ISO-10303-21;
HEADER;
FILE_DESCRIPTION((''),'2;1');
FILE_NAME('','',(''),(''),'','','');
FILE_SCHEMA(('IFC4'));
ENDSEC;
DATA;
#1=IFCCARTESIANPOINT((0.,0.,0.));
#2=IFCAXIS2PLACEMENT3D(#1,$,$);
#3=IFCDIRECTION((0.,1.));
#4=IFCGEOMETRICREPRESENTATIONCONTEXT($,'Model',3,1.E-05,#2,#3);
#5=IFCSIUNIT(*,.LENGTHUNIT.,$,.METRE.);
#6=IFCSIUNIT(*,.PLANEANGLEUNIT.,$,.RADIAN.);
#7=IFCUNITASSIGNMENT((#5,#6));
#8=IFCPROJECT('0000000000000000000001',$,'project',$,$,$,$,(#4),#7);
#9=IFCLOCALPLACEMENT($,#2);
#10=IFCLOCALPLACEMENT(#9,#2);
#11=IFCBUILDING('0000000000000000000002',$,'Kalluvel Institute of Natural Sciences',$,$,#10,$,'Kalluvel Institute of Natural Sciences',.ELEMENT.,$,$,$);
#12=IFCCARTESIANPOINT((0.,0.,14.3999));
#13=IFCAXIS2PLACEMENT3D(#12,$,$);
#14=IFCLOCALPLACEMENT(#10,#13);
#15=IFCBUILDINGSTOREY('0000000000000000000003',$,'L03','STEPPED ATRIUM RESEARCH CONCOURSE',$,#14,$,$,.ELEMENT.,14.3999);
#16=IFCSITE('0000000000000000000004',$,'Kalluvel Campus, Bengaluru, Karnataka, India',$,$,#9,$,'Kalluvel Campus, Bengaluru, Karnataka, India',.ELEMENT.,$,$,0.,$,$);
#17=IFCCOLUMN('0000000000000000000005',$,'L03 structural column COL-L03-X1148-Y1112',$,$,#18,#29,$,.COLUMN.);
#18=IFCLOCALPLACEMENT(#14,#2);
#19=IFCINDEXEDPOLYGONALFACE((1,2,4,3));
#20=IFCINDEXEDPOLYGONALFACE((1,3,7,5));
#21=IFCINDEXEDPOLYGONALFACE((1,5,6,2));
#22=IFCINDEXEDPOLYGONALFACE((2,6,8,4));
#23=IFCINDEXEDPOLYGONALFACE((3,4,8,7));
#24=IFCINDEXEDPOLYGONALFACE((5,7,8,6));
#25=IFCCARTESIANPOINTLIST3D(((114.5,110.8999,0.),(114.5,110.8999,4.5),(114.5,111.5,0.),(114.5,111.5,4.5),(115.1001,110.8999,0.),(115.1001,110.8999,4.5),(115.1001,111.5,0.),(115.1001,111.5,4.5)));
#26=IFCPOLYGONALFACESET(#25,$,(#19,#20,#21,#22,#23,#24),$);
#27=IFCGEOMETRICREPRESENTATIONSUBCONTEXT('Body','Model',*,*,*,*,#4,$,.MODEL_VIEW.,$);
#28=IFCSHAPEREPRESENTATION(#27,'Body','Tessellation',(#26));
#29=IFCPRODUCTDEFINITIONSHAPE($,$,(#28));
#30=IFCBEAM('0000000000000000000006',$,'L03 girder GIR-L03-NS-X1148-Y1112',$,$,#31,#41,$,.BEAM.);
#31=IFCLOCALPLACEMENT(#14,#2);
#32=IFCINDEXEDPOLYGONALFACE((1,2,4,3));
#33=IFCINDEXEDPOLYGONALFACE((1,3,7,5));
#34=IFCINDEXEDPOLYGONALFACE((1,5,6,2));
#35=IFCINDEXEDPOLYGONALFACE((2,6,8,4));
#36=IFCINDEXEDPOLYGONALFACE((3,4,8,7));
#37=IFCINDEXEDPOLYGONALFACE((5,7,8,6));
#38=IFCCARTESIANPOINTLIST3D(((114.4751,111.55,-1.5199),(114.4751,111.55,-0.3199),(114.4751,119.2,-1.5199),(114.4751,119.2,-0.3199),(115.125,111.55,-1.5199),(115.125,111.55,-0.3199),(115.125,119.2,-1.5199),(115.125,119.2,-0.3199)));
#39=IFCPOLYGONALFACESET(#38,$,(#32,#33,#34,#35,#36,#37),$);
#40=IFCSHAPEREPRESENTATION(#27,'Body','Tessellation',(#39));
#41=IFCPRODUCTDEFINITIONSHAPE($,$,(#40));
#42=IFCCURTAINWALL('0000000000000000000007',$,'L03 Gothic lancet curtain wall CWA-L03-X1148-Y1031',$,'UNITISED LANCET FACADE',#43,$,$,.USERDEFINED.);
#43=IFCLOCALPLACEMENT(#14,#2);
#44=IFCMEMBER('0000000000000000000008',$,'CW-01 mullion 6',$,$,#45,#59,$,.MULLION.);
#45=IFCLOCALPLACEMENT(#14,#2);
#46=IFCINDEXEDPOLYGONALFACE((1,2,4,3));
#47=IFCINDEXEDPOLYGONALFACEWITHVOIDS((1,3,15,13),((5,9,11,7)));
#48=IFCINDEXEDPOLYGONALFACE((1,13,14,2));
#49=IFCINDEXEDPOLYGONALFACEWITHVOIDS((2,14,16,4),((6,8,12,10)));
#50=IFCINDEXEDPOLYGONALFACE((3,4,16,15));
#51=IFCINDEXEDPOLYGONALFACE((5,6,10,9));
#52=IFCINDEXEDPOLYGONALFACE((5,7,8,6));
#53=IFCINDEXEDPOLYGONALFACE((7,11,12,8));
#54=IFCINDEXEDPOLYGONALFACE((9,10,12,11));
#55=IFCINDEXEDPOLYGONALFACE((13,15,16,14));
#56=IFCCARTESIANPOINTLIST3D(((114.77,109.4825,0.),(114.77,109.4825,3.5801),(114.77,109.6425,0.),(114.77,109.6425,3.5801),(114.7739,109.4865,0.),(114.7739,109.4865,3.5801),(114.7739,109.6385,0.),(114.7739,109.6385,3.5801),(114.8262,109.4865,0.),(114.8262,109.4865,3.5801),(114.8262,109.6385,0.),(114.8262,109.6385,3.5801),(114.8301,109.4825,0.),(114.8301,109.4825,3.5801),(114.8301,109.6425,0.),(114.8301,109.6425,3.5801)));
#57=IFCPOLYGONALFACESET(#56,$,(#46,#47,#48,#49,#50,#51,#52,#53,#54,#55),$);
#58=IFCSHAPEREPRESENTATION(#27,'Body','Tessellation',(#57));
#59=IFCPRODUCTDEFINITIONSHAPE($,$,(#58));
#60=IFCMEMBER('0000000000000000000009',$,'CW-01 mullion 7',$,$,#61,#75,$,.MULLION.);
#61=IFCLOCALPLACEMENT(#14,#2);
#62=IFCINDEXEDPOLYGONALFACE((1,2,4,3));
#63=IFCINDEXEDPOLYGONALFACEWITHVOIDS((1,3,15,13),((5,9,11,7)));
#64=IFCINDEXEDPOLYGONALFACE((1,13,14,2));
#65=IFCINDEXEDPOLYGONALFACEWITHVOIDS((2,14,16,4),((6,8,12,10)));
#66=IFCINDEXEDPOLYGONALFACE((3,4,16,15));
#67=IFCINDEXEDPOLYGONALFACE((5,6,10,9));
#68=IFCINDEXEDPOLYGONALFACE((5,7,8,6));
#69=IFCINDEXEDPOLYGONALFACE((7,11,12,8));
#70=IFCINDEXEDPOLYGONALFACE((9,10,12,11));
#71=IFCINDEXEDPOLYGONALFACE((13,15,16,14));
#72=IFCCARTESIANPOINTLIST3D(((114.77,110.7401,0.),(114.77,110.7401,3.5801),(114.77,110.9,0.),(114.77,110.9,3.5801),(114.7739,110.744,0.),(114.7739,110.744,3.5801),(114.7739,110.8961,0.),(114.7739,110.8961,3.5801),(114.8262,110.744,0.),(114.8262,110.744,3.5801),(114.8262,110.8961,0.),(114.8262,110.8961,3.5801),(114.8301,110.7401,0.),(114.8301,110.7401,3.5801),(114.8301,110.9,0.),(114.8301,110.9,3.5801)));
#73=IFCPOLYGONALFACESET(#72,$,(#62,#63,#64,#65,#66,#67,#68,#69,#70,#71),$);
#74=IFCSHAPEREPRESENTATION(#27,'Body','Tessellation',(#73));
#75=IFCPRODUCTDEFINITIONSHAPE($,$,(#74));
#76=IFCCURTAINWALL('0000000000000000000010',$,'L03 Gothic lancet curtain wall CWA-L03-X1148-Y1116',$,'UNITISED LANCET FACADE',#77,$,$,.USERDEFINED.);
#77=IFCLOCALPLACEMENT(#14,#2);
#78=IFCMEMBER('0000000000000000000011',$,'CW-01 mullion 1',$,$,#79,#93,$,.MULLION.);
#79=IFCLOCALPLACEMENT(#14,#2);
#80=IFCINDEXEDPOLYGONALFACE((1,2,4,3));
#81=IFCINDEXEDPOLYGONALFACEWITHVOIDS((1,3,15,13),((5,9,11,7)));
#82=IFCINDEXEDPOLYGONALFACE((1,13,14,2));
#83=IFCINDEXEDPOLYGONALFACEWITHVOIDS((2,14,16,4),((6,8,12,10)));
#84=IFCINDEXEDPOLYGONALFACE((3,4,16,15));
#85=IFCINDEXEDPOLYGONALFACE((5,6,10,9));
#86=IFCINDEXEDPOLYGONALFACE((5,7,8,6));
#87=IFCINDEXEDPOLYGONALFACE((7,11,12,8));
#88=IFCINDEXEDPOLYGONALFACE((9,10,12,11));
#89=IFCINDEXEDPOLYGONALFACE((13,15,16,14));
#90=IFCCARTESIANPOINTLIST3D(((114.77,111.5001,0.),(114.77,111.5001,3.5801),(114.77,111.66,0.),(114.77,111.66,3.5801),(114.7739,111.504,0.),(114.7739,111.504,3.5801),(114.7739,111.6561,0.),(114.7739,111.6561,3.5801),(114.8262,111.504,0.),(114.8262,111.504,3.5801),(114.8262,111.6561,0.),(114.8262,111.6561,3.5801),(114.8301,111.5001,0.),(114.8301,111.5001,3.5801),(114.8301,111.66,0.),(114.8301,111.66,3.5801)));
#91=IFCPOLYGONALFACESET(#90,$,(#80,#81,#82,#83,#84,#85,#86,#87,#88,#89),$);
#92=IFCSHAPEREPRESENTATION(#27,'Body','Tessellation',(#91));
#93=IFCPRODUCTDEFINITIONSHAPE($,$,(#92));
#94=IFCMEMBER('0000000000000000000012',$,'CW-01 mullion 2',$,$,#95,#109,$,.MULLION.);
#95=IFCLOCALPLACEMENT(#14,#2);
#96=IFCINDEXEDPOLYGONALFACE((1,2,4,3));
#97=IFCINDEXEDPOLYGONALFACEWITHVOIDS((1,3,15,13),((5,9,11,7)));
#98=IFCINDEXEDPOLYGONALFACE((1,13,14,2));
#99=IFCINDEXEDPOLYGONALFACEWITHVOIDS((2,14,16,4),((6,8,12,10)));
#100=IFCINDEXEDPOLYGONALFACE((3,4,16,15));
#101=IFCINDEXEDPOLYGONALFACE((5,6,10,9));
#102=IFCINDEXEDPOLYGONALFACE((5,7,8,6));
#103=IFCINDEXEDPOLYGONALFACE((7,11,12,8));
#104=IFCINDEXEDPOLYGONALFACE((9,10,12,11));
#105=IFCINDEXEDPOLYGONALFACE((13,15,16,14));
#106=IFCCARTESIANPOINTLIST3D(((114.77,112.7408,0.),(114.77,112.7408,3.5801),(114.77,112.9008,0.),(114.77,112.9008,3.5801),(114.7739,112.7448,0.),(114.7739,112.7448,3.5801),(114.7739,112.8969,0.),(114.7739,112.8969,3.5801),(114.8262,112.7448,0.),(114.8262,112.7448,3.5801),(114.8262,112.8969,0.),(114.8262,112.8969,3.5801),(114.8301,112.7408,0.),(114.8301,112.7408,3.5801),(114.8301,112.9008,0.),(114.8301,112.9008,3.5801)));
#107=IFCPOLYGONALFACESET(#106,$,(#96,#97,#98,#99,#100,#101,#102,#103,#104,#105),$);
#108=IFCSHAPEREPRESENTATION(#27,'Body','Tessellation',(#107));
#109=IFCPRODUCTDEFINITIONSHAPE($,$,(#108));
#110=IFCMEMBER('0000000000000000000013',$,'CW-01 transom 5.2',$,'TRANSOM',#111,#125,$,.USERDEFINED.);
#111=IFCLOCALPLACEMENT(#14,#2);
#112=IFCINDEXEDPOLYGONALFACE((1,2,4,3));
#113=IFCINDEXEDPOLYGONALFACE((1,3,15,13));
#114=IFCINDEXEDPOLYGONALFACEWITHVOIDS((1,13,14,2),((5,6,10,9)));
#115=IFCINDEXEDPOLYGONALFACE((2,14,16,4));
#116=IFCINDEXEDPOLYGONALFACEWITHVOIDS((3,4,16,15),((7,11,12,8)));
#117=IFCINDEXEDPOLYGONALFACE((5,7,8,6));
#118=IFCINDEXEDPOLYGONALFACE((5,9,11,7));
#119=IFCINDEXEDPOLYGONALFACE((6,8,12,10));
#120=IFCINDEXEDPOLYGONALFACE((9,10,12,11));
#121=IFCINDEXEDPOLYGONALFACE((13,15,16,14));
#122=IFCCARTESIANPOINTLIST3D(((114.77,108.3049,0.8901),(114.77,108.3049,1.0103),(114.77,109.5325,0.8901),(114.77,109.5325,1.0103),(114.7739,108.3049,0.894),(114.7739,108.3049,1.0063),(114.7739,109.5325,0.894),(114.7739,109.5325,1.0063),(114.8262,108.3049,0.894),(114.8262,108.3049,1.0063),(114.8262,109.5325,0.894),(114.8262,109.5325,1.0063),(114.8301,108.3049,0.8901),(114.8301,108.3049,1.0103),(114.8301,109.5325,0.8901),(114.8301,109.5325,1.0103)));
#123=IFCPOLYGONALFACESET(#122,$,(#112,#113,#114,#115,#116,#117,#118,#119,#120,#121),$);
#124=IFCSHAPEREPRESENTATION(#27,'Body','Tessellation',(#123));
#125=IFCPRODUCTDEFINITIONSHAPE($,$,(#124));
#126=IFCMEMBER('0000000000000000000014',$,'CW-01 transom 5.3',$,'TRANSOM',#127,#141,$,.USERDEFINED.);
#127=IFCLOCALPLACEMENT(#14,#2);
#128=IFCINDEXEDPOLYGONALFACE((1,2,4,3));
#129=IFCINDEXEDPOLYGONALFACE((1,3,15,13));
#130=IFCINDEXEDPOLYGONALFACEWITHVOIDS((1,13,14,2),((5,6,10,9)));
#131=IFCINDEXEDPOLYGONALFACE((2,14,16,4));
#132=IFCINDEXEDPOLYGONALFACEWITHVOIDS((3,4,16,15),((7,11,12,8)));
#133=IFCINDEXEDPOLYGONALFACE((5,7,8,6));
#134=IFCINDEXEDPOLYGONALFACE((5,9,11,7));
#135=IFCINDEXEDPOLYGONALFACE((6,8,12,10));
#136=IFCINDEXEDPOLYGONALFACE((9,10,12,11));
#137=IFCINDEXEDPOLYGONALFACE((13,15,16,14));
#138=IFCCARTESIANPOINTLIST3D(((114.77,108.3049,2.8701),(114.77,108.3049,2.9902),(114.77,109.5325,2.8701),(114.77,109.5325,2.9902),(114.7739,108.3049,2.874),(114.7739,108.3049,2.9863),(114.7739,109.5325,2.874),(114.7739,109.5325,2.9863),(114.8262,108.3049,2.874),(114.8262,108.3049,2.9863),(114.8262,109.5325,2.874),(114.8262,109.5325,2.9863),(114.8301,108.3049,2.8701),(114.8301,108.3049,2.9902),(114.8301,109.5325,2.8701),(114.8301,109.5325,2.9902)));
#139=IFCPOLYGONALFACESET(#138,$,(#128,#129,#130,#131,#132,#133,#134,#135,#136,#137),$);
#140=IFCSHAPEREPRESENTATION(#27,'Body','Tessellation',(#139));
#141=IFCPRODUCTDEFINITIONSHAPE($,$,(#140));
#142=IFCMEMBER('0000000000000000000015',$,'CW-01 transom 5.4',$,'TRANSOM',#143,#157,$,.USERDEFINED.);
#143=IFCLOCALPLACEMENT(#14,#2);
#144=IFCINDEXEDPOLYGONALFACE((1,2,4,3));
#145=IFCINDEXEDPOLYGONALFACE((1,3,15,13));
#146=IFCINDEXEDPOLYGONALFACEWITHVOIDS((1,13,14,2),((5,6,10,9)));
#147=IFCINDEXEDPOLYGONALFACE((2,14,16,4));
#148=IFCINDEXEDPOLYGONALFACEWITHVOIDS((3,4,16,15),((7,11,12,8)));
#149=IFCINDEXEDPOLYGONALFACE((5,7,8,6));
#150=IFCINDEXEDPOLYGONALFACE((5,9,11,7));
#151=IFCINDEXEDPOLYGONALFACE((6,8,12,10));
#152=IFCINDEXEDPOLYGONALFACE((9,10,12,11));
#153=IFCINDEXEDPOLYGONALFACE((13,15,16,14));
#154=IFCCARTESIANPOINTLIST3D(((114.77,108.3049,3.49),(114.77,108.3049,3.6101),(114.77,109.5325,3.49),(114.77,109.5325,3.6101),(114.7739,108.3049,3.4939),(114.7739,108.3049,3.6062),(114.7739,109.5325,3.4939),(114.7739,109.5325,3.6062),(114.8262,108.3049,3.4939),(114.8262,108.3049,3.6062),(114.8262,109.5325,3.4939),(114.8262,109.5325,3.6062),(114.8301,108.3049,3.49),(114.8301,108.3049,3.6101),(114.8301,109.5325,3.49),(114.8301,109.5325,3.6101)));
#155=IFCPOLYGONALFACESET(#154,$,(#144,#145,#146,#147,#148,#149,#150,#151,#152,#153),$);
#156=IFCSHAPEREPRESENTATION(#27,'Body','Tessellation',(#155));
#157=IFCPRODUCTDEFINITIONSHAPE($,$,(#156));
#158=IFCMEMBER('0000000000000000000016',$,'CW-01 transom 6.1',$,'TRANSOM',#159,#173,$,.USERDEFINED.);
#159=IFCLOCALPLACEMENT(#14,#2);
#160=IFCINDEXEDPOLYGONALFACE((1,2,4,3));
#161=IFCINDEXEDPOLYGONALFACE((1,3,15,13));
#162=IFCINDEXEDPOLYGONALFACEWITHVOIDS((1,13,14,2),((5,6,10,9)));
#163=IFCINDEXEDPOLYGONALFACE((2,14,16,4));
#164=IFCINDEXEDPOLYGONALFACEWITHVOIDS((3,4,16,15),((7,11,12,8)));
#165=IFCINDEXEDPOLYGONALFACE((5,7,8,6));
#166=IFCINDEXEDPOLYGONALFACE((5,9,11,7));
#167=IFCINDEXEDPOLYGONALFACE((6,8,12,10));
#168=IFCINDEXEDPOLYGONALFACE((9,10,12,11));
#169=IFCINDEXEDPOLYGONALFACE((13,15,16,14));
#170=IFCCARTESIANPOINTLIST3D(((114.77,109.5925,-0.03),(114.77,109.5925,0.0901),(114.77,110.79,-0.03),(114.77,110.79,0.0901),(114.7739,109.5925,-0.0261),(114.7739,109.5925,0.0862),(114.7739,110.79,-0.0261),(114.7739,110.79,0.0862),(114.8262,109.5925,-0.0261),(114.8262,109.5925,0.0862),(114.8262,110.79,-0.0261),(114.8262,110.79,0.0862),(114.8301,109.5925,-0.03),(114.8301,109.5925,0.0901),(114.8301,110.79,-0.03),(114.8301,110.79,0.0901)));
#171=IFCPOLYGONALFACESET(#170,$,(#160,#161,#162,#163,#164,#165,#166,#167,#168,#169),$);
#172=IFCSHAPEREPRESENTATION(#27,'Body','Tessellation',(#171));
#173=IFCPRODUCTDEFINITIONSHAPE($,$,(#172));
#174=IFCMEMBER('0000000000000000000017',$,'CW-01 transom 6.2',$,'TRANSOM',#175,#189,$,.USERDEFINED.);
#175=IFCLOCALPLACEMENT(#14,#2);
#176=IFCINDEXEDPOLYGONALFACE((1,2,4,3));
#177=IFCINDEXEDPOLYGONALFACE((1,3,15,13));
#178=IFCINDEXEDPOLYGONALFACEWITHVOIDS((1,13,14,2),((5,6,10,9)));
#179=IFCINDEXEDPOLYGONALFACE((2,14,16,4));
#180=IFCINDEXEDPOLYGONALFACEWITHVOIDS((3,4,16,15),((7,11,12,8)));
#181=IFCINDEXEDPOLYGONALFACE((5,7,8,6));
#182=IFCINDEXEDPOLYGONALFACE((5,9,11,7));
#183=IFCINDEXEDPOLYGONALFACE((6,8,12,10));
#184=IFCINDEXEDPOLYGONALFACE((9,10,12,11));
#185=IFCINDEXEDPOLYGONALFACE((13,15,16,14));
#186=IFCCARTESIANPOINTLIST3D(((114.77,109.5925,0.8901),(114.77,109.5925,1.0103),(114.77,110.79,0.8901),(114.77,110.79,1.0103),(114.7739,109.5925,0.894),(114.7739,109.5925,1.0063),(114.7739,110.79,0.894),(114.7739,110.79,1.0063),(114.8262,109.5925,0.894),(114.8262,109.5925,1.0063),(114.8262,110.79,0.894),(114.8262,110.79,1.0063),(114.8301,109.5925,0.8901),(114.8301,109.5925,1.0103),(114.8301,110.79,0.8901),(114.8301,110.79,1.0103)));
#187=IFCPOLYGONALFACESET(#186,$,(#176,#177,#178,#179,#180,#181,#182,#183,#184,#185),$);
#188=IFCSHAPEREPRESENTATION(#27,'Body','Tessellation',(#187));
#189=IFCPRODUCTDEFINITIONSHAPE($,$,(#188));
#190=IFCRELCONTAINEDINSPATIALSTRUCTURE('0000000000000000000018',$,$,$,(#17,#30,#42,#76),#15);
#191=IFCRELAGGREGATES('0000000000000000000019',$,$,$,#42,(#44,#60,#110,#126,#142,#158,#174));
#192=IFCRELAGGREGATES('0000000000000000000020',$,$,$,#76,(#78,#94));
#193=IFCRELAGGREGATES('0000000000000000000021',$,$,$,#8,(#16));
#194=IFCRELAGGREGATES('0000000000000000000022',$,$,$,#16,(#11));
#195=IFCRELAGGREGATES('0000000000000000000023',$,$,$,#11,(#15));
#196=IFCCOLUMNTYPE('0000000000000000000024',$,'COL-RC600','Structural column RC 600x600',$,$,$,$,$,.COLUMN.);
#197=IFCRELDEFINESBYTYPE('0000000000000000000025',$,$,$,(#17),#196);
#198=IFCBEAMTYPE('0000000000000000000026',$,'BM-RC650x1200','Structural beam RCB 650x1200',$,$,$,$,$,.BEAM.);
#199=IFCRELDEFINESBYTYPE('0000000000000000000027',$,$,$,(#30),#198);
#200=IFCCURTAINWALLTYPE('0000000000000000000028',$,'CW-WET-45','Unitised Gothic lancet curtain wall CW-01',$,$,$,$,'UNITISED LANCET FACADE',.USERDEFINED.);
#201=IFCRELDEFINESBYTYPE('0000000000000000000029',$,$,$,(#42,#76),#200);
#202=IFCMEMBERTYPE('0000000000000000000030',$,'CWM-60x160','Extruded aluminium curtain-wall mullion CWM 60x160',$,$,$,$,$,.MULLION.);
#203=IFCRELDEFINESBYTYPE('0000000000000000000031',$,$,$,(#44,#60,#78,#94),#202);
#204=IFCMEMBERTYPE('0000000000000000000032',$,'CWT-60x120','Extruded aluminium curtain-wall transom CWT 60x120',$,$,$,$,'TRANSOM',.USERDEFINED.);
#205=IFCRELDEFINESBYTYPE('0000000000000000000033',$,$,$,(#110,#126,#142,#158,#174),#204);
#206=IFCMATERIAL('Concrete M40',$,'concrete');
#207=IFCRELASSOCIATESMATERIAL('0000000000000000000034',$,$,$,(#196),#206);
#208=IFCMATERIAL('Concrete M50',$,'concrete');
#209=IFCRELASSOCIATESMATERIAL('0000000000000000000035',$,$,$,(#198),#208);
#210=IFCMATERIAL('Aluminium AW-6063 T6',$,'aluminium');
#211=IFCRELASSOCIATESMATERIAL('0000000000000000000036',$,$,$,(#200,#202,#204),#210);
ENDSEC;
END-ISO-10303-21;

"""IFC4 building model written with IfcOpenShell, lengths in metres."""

from ifc_helpers import new_model, si_unit, direction, frame, origin, origin_2d, place, context, subcontext, project, spatial, rectangle, hollow_rectangle, extrude, material, material_profile, profile_set, type_object, element, aggregate, save


model = new_model("IFC4")

# Units and contexts
model_context = context("Model", 3, precision=1e-05, world=origin(), true_north=direction((0.0, 1.0)))
body_context = subcontext(model_context, "Body", "Model", "MODEL_VIEW")
ifc_project = project(units=[si_unit("LENGTHUNIT", "METRE"), si_unit("PLANEANGLEUNIT", "RADIAN")], contexts=[model_context])

# Site, building, storey
site_placement = place(None, origin())
site = spatial("IfcSite", under=ifc_project, at=site_placement, Name="Kalluvel Campus, Bengaluru, Karnataka, India", LongName="Kalluvel Campus, Bengaluru, Karnataka, India", CompositionType="ELEMENT", RefElevation=0.0)
building_placement = place(site_placement, origin())
building = spatial("IfcBuilding", under=site, at=building_placement, Name="Kalluvel Institute of Natural Sciences", LongName="Kalluvel Institute of Natural Sciences", CompositionType="ELEMENT")
storey_placement = place(building_placement, frame((0.0, 0.0, 14.3999)))
storey = spatial("IfcBuildingStorey", under=building, at=storey_placement, Name="L03", Description="STEPPED ATRIUM RESEARCH CONCOURSE", CompositionType="ELEMENT", Elevation=14.3999)

# Column
ifc_material_1 = material(Name="Concrete M40", Category="concrete")
ifc_material_profile_1 = material_profile(ifc_material_1, rectangle(XDim=0.6001, YDim=0.6001, at=origin_2d()), Name="RC 600x600")
ifc_profile_set_1 = profile_set([ifc_material_profile_1], Name="Concrete M40")
column_type = type_object("IfcColumnType", Name="COL-RC600", Description="Structural column RC 600x600", PredefinedType="COLUMN", material=ifc_profile_set_1)
column_placement = place(storey_placement, frame((114.8, 111.2, 0.0), z_axis=(0.0, 0.0, 1.0), x_axis=(1.0, 0.0, 0.0)))
element("IfcColumn", 1, at=column_placement, inside=storey, type_object=column_type, Name="L03 structural column COL-L03-X1148-Y1112", PredefinedType="COLUMN", context=body_context, shape_type="SweptSolid", body=[
    extrude(rectangle(XDim=0.6001, YDim=0.6001, at=origin_2d()), origin(), (0.0, 0.0, 1.0), 4.5),
])

# Beam
ifc_material_2 = material(Name="Concrete M50", Category="concrete")
ifc_material_profile_2 = material_profile(ifc_material_2, rectangle(XDim=0.6499, YDim=1.2, at=origin_2d()), Name="RCB 650x1200")
ifc_profile_set_2 = profile_set([ifc_material_profile_2], Name="Concrete M50")
beam_type = type_object("IfcBeamType", Name="BM-RC650x1200", Description="Structural beam RCB 650x1200", PredefinedType="BEAM", material=ifc_profile_set_2)
beam_placement = place(storey_placement, frame((114.8, 111.55, -0.9199), z_axis=(0.0, 1.0, 0.0), x_axis=(-1.0, 0.0, 0.0)))
element("IfcBeam", 2, at=beam_placement, inside=storey, type_object=beam_type, Name="L03 girder GIR-L03-NS-X1148-Y1112", PredefinedType="BEAM", context=body_context, shape_type="SweptSolid", body=[
    extrude(rectangle(XDim=0.6499, YDim=1.2, at=origin_2d()), origin(), (0.0, 0.0, 1.0), 7.6499),
])

# Curtain walls, members
ifc_material_3 = material(Name="Aluminium AW-6063 T6", Category="aluminium")
curtain_wall_type = type_object("IfcCurtainWallType", Name="CW-WET-45", Description="Unitised Gothic lancet curtain wall CW-01", ElementType="UNITISED LANCET FACADE", PredefinedType="USERDEFINED", material=ifc_material_3)
curtain_wall_1_placement = place(storey_placement, origin())
curtain_wall_1 = element("IfcCurtainWall", 3, at=curtain_wall_1_placement, inside=storey, type_object=curtain_wall_type, Name="L03 Gothic lancet curtain wall CWA-L03-X1148-Y1031", ObjectType="UNITISED LANCET FACADE", PredefinedType="USERDEFINED")
ifc_material_profile_3 = material_profile(ifc_material_3, hollow_rectangle(XDim=0.0601, YDim=0.1599, WallThickness=0.0039, at=origin_2d()), Name="CWM 60x160")
ifc_profile_set_3 = profile_set([ifc_material_profile_3], Name="Aluminium AW-6063 T6")
member_type_1 = type_object("IfcMemberType", Name="CWM-60x160", Description="Extruded aluminium curtain-wall mullion CWM 60x160", PredefinedType="MULLION", material=ifc_profile_set_3)
member_1_placement = place(storey_placement, frame((114.8, 109.5625, 0.0), z_axis=(0.0, 0.0, 1.0), x_axis=(-1.0, 0.0, 0.0)))
member_1 = element("IfcMember", 4, at=member_1_placement, type_object=member_type_1, Name="CW-01 mullion 6", PredefinedType="MULLION", context=body_context, shape_type="SweptSolid", body=[
    extrude(hollow_rectangle(XDim=0.0601, YDim=0.1599, WallThickness=0.0039, at=origin_2d()), origin(), (0.0, 0.0, 1.0), 3.5801),
])
member_2_placement = place(storey_placement, frame((114.8, 110.8201, 0.0), z_axis=(0.0, 0.0, 1.0), x_axis=(-1.0, 0.0, 0.0)))
member_2 = element("IfcMember", 5, at=member_2_placement, type_object=member_type_1, Name="CW-01 mullion 7", PredefinedType="MULLION", context=body_context, shape_type="SweptSolid", body=[
    extrude(hollow_rectangle(XDim=0.0601, YDim=0.1599, WallThickness=0.0039, at=origin_2d()), origin(), (0.0, 0.0, 1.0), 3.5801),
])
curtain_wall_2_placement = place(storey_placement, origin())
curtain_wall_2 = element("IfcCurtainWall", 6, at=curtain_wall_2_placement, inside=storey, type_object=curtain_wall_type, Name="L03 Gothic lancet curtain wall CWA-L03-X1148-Y1116", ObjectType="UNITISED LANCET FACADE", PredefinedType="USERDEFINED")
member_3_placement = place(storey_placement, frame((114.8, 111.5801, 0.0), z_axis=(0.0, 0.0, 1.0), x_axis=(-1.0, 0.0, 0.0)))
member_3 = element("IfcMember", 7, at=member_3_placement, type_object=member_type_1, Name="CW-01 mullion 1", PredefinedType="MULLION", context=body_context, shape_type="SweptSolid", body=[
    extrude(hollow_rectangle(XDim=0.0601, YDim=0.1599, WallThickness=0.0039, at=origin_2d()), origin(), (0.0, 0.0, 1.0), 3.5801),
])
member_4_placement = place(storey_placement, frame((114.8, 112.8208, 0.0), z_axis=(0.0, 0.0, 1.0), x_axis=(-1.0, 0.0, 0.0)))
member_4 = element("IfcMember", 8, at=member_4_placement, type_object=member_type_1, Name="CW-01 mullion 2", PredefinedType="MULLION", context=body_context, shape_type="SweptSolid", body=[
    extrude(hollow_rectangle(XDim=0.0601, YDim=0.1599, WallThickness=0.0039, at=origin_2d()), origin(), (0.0, 0.0, 1.0), 3.5801),
])

# Members
ifc_material_profile_4 = material_profile(ifc_material_3, hollow_rectangle(XDim=0.0601, YDim=0.1201, WallThickness=0.0039, at=origin_2d()), Name="CWT 60x120")
ifc_profile_set_4 = profile_set([ifc_material_profile_4], Name="Aluminium AW-6063 T6")
member_type_2 = type_object("IfcMemberType", Name="CWT-60x120", Description="Extruded aluminium curtain-wall transom CWT 60x120", ElementType="TRANSOM", PredefinedType="USERDEFINED", material=ifc_profile_set_4)
member_5_placement = place(storey_placement, frame((114.8, 108.3049, 0.9502), z_axis=(0.0, 1.0, 0.0), x_axis=(-1.0, 0.0, 0.0)))
member_5 = element("IfcMember", 9, at=member_5_placement, type_object=member_type_2, Name="CW-01 transom 5.2", ObjectType="TRANSOM", PredefinedType="USERDEFINED", context=body_context, shape_type="SweptSolid", body=[
    extrude(hollow_rectangle(XDim=0.0601, YDim=0.1201, WallThickness=0.0039, at=origin_2d()), origin(), (0.0, 0.0, 1.0), 1.2275),
])
member_6_placement = place(storey_placement, frame((114.8, 108.3049, 2.9302), z_axis=(0.0, 1.0, 0.0), x_axis=(-1.0, 0.0, 0.0)))
member_6 = element("IfcMember", 10, at=member_6_placement, type_object=member_type_2, Name="CW-01 transom 5.3", ObjectType="TRANSOM", PredefinedType="USERDEFINED", context=body_context, shape_type="SweptSolid", body=[
    extrude(hollow_rectangle(XDim=0.0601, YDim=0.1201, WallThickness=0.0039, at=origin_2d()), origin(), (0.0, 0.0, 1.0), 1.2275),
])
member_7_placement = place(storey_placement, frame((114.8, 108.3049, 3.55), z_axis=(0.0, 1.0, 0.0), x_axis=(-1.0, 0.0, 0.0)))
member_7 = element("IfcMember", 11, at=member_7_placement, type_object=member_type_2, Name="CW-01 transom 5.4", ObjectType="TRANSOM", PredefinedType="USERDEFINED", context=body_context, shape_type="SweptSolid", body=[
    extrude(hollow_rectangle(XDim=0.0601, YDim=0.1201, WallThickness=0.0039, at=origin_2d()), origin(), (0.0, 0.0, 1.0), 1.2275),
])
member_8_placement = place(storey_placement, frame((114.8, 109.5925, 0.03), z_axis=(0.0, 1.0, 0.0), x_axis=(-1.0, 0.0, 0.0)))
member_8 = element("IfcMember", 12, at=member_8_placement, type_object=member_type_2, Name="CW-01 transom 6.1", ObjectType="TRANSOM", PredefinedType="USERDEFINED", context=body_context, shape_type="SweptSolid", body=[
    extrude(hollow_rectangle(XDim=0.0601, YDim=0.1201, WallThickness=0.0039, at=origin_2d()), origin(), (0.0, 0.0, 1.0), 1.1975),
])
member_9_placement = place(storey_placement, frame((114.8, 109.5925, 0.9502), z_axis=(0.0, 1.0, 0.0), x_axis=(-1.0, 0.0, 0.0)))
member_9 = element("IfcMember", 13, at=member_9_placement, type_object=member_type_2, Name="CW-01 transom 6.2", ObjectType="TRANSOM", PredefinedType="USERDEFINED", context=body_context, shape_type="SweptSolid", body=[
    extrude(hollow_rectangle(XDim=0.0601, YDim=0.1201, WallThickness=0.0039, at=origin_2d()), origin(), (0.0, 0.0, 1.0), 1.1975),
])

aggregate(curtain_wall_1, [member_1, member_2, member_5, member_6, member_7, member_8, member_9])
aggregate(curtain_wall_2, [member_3, member_4])

save(model, "model.ifc")
